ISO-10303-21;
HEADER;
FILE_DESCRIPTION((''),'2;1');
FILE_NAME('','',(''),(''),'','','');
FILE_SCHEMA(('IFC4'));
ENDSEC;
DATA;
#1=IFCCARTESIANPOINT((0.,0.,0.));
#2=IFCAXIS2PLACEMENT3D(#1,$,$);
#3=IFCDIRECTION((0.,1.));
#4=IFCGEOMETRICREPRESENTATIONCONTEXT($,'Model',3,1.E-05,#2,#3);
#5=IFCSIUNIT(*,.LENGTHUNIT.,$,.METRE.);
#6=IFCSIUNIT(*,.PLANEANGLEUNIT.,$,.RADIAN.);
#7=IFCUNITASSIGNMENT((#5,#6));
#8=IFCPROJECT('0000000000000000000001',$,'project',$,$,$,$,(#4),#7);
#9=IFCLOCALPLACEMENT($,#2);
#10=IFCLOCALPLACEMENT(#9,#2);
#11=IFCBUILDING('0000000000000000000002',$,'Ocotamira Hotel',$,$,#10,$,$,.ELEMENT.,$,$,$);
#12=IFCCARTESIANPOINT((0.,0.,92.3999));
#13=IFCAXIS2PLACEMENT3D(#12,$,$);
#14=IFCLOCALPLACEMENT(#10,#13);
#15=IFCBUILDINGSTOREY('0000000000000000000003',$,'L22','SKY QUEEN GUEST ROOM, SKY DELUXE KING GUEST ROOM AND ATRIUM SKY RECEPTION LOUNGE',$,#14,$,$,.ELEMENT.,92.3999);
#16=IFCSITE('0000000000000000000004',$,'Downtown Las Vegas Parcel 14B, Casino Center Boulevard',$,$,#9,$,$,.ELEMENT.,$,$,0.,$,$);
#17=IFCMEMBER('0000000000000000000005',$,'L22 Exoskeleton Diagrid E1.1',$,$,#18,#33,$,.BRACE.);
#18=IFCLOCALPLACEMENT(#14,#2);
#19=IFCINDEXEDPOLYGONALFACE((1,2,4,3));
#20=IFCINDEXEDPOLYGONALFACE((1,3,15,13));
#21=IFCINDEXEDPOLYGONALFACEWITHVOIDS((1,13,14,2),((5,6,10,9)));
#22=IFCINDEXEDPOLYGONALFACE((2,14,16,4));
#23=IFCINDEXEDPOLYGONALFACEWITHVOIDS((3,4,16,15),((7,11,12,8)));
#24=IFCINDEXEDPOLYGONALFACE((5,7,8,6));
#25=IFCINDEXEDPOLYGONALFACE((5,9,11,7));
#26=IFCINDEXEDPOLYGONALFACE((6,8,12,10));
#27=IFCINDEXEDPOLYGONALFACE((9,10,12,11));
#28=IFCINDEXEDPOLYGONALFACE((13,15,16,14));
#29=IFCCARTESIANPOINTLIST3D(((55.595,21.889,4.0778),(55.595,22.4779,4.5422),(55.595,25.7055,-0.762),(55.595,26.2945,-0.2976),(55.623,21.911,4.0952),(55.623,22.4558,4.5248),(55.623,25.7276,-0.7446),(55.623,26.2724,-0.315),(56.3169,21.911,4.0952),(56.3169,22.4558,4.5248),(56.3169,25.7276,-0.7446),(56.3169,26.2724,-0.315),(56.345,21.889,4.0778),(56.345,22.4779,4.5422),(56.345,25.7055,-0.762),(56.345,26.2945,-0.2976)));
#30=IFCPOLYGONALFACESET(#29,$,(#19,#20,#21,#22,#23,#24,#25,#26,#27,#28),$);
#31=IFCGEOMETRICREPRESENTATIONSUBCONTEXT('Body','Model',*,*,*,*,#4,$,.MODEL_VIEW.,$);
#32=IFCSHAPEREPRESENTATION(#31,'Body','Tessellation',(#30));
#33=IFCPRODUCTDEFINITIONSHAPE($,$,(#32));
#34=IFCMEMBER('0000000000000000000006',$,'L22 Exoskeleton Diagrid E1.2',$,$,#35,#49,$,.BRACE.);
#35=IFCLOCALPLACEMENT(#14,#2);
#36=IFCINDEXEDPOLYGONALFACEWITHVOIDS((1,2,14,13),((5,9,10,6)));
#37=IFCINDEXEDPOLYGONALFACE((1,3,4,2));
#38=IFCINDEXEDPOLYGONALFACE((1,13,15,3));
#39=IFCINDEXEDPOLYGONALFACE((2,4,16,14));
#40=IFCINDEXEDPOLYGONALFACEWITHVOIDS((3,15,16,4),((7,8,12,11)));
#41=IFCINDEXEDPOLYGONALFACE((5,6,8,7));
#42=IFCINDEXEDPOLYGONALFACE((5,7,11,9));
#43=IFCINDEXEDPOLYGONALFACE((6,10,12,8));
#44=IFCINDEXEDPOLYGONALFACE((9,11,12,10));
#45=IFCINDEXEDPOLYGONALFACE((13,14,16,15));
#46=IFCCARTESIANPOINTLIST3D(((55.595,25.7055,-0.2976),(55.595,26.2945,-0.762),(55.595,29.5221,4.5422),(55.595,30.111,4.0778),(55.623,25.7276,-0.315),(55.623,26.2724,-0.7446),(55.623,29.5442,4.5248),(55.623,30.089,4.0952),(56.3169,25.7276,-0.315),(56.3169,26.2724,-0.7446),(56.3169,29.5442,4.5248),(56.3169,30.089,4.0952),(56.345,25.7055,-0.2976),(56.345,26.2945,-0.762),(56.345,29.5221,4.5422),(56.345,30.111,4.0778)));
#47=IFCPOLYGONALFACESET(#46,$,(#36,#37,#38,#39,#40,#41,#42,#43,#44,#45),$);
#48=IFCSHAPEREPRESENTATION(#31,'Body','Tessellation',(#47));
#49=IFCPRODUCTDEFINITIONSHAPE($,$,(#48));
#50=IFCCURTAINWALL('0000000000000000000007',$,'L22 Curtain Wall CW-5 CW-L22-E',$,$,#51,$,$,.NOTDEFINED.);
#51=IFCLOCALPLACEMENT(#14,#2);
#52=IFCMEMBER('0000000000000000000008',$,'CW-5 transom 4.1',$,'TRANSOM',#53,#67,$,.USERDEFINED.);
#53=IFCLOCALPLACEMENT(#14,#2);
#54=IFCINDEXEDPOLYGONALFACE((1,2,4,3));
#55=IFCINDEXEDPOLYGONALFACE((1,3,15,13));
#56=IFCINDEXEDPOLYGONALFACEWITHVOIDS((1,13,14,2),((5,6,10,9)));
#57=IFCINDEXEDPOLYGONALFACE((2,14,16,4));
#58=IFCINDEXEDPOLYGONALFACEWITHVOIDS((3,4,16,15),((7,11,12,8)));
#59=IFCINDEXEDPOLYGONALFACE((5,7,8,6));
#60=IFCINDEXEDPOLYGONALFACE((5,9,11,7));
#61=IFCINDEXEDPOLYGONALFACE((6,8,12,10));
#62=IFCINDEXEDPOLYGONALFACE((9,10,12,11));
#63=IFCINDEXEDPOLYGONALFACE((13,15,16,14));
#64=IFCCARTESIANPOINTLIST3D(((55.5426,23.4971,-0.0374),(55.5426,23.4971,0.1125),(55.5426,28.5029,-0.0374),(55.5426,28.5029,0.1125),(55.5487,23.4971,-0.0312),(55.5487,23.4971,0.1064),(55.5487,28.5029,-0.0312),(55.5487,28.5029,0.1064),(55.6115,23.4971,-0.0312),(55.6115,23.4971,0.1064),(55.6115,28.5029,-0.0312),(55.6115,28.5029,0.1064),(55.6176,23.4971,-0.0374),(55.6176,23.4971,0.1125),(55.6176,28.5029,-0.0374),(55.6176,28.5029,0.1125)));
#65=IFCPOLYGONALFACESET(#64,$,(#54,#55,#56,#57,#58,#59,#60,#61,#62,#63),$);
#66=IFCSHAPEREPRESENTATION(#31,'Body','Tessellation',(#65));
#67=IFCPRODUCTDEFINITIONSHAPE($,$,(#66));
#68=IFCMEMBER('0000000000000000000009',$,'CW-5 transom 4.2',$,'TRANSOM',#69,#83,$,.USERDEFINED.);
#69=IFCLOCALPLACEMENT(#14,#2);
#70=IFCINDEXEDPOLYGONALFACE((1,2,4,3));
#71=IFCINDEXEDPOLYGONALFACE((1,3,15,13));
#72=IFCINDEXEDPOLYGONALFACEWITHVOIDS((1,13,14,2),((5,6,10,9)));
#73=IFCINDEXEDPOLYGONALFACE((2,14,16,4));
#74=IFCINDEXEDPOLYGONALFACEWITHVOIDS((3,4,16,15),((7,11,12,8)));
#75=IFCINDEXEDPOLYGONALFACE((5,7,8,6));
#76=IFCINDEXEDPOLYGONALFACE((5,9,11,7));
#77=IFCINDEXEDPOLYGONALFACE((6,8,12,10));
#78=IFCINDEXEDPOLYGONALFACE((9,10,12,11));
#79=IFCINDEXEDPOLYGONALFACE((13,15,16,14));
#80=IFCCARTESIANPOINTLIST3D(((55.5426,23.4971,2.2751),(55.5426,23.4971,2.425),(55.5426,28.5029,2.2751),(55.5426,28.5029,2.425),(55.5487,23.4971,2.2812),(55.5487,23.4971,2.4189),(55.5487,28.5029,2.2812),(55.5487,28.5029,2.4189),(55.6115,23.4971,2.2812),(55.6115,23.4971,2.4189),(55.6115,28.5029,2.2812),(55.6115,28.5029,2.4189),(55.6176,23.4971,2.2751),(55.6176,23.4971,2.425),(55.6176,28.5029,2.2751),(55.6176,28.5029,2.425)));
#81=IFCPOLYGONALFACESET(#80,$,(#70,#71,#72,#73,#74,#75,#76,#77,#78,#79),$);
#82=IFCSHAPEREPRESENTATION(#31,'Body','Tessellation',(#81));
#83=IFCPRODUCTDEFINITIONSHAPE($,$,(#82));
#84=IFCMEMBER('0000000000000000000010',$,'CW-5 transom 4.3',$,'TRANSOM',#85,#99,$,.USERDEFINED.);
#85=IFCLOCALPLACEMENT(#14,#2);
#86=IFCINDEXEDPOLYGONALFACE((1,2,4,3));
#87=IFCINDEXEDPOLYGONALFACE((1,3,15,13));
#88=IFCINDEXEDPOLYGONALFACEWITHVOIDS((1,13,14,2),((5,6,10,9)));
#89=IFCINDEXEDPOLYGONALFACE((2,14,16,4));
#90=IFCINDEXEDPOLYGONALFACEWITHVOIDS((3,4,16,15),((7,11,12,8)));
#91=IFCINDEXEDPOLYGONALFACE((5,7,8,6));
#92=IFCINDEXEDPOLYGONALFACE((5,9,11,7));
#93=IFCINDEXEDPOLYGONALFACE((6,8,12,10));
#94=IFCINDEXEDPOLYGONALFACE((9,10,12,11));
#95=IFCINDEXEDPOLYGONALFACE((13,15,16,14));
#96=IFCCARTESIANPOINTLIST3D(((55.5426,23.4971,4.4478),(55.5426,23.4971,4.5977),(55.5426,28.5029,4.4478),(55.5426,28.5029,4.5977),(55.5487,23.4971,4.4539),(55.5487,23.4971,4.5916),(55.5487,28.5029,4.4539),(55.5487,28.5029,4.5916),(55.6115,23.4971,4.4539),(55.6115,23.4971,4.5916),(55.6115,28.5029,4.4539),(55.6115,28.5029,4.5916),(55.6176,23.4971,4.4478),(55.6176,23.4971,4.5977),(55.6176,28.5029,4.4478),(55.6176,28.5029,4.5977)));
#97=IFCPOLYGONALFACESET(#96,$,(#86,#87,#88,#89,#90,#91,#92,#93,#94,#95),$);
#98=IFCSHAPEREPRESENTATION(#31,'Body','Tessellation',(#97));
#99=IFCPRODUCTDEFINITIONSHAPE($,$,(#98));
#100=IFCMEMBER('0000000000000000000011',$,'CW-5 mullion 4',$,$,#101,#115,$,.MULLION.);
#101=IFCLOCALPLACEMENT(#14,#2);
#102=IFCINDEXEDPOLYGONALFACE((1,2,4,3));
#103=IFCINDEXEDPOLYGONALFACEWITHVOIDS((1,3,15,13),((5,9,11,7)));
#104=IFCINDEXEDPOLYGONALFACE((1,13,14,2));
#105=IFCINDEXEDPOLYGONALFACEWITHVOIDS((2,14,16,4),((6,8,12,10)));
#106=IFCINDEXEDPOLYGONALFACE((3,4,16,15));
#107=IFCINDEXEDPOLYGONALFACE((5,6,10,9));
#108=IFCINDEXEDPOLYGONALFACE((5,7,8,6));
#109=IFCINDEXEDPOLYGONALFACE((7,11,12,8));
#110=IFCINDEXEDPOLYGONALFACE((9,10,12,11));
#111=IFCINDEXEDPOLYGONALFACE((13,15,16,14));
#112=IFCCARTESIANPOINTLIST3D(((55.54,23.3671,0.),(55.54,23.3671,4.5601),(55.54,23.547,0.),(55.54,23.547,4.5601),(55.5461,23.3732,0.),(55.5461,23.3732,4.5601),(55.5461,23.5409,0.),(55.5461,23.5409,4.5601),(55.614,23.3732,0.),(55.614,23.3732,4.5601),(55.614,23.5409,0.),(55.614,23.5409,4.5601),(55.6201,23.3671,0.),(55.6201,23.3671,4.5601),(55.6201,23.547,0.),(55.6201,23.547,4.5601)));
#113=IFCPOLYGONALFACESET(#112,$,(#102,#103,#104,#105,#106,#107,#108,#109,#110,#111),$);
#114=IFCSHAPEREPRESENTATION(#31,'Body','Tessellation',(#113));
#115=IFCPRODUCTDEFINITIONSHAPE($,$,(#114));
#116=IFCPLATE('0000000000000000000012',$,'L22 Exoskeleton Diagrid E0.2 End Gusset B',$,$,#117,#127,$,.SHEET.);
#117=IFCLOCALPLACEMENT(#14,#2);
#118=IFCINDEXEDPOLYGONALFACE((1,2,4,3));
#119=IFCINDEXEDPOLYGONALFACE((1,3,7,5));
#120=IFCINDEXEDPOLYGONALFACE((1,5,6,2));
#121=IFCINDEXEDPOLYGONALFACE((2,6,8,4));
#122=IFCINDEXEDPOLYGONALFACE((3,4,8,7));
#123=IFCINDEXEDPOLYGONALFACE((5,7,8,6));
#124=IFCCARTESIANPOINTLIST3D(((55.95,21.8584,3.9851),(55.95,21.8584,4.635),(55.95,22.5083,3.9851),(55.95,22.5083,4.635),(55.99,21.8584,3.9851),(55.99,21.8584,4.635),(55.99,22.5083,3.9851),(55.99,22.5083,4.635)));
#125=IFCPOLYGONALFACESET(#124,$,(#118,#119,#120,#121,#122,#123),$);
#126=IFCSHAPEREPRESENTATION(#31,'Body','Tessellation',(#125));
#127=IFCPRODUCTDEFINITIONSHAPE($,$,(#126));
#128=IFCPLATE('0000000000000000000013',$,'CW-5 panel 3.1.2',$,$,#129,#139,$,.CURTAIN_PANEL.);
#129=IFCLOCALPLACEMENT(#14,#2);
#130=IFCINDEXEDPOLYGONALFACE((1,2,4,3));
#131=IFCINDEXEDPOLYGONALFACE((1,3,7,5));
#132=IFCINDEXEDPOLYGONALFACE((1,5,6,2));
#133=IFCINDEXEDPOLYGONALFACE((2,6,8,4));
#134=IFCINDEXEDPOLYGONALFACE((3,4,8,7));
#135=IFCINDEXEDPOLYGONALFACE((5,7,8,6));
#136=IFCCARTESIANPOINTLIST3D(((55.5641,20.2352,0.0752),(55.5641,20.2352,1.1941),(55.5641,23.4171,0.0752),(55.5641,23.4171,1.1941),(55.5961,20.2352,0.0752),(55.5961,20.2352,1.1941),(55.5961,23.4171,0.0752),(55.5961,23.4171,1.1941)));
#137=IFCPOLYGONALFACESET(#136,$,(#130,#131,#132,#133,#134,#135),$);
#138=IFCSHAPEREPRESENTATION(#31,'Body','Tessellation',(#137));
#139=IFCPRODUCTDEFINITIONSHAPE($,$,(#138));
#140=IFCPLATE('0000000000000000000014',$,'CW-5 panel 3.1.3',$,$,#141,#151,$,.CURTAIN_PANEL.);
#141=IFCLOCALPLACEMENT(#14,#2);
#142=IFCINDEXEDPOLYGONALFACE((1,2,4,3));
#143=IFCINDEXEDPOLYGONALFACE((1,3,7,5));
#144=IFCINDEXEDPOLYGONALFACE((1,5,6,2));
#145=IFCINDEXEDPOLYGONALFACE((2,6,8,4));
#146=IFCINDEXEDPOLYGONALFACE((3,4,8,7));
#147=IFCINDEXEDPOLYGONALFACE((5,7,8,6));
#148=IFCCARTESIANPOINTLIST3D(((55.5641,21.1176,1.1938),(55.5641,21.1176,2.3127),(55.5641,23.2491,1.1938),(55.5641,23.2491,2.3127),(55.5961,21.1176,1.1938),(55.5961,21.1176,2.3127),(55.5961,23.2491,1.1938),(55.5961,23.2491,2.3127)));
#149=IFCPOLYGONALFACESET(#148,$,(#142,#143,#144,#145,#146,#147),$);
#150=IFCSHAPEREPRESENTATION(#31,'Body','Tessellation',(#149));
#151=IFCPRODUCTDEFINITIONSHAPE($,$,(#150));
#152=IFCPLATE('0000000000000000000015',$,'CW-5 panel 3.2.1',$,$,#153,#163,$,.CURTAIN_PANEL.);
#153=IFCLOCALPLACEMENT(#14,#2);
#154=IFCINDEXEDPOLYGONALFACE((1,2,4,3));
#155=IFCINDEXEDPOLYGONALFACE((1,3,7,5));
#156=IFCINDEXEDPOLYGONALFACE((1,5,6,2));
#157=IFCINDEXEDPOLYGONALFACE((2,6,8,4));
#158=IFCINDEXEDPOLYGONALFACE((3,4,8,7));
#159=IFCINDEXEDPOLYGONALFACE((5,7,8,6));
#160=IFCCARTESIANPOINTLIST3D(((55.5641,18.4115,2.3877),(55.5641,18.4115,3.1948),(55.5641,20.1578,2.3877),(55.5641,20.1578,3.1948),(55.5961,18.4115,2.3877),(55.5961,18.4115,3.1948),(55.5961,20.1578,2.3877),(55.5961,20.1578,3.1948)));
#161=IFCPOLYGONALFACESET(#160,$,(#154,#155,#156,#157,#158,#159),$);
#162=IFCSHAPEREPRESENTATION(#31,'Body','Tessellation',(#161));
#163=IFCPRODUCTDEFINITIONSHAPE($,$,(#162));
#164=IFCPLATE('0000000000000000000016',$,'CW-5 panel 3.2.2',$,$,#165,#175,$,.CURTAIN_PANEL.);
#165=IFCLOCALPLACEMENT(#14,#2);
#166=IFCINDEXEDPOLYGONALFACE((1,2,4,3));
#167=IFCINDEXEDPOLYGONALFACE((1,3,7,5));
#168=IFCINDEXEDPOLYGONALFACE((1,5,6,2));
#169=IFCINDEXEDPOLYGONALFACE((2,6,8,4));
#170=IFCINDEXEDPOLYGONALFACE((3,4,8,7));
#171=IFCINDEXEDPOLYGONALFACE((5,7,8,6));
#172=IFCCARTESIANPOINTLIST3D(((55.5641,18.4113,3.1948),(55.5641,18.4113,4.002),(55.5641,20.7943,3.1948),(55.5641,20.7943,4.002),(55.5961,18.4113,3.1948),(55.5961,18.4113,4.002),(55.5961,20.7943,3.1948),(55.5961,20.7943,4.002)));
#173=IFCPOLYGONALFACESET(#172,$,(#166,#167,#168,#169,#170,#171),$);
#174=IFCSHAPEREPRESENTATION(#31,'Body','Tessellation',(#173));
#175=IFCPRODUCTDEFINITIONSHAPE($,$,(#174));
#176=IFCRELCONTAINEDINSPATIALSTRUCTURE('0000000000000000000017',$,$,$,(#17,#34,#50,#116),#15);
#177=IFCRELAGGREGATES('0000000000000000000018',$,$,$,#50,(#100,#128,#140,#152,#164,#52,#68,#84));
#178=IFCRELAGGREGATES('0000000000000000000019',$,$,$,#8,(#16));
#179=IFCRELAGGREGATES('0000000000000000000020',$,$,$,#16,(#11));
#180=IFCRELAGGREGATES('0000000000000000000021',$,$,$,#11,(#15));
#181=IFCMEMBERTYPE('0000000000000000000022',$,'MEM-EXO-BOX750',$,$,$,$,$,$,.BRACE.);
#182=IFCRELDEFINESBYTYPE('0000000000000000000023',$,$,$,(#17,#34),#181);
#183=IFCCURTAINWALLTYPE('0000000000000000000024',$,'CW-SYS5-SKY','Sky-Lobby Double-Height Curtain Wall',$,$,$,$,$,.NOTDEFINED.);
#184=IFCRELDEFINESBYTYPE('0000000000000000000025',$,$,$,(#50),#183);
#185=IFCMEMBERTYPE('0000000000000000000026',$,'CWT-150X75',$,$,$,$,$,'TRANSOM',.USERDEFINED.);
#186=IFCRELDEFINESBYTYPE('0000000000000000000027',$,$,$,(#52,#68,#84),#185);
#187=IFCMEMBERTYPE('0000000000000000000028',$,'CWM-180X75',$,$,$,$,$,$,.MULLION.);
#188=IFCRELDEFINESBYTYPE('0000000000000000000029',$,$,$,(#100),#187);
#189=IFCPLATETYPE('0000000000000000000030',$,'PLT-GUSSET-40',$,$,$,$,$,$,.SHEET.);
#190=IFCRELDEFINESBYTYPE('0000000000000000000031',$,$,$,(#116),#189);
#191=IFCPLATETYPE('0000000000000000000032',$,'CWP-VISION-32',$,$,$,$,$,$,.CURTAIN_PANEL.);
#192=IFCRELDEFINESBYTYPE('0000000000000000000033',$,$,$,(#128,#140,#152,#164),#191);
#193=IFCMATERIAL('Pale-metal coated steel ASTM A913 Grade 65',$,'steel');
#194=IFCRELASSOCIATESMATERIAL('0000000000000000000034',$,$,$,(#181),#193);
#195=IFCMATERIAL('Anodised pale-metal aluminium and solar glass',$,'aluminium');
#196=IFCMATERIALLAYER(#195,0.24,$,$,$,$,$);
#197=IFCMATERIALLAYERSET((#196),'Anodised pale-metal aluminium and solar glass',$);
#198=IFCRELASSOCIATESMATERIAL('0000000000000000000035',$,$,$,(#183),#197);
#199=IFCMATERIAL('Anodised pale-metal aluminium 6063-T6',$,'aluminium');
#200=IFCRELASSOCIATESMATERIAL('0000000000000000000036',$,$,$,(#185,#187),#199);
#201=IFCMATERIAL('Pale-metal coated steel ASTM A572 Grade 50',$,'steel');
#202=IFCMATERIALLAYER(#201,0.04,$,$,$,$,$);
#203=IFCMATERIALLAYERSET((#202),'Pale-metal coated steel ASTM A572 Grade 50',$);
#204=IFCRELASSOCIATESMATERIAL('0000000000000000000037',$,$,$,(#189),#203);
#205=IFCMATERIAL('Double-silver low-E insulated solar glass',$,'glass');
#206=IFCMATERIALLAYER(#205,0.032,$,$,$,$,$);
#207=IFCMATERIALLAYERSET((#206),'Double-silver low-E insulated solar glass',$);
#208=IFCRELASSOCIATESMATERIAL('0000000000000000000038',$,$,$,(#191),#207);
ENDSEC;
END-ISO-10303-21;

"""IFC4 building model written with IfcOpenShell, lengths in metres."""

from ifc_helpers import new_model, si_unit, direction, frame, origin, origin_2d, place, context, subcontext, project, spatial, rectangle, hollow_rectangle, extrude, source, transform, mapped, material, layer, layer_set, material_profile, profile_set, type_object, element, aggregate, save


model = new_model("IFC4")

# Units and contexts
model_context = context("Model", 3, precision=1e-05, world=origin(), true_north=direction((0.0, 1.0)))
body_context = subcontext(model_context, "Body", "Model", "MODEL_VIEW")
ifc_project = project(units=[si_unit("LENGTHUNIT", "METRE"), si_unit("PLANEANGLEUNIT", "RADIAN")], contexts=[model_context])

# Site, building, storey
site_placement = place(None, origin())
site = spatial("IfcSite", under=ifc_project, at=site_placement, Name="Downtown Las Vegas Parcel 14B, Casino Center Boulevard", CompositionType="ELEMENT", RefElevation=0.0)
building_placement = place(site_placement, origin())
building = spatial("IfcBuilding", under=site, at=building_placement, Name="Ocotamira Hotel", CompositionType="ELEMENT")
storey_placement = place(building_placement, frame((0.0, 0.0, 92.3999)))
storey = spatial("IfcBuildingStorey", under=building, at=storey_placement, Name="L22", Description="SKY QUEEN GUEST ROOM, SKY DELUXE KING GUEST ROOM AND ATRIUM SKY RECEPTION LOUNGE", CompositionType="ELEMENT", Elevation=92.3999)

# Members
ifc_material_1 = material(Name="Pale-metal coated steel ASTM A913 Grade 65", Category="steel")
ifc_material_profile_1 = material_profile(ifc_material_1, hollow_rectangle(XDim=0.75, YDim=0.75, WallThickness=0.0281, at=origin_2d()), Name="BOX750X750X28")
ifc_profile_set_1 = profile_set([ifc_material_profile_1], Name="Pale-metal coated steel ASTM A913 Grade 65")
member_type_1 = type_object("IfcMemberType", Name="MEM-EXO-BOX750", PredefinedType="BRACE", material=ifc_profile_set_1)
shared_shape_1 = source(origin(), body_context, "Body", "SweptSolid", [
    extrude(hollow_rectangle(XDim=0.75, YDim=0.75, WallThickness=0.0281, at=origin_2d()), origin(), (0.0, 0.0, 1.0), 6.1636),
])
for number, where, z_axis, x_axis, name in (
    (1, (55.97, 26.0, -0.5298), (0.0, -0.619217, 0.78522), (1.0, 0.0, 0.0), "L22 Exoskeleton Diagrid E1.1"),
    (2, (55.97, 26.0, -0.5298), (0.0, 0.619217, 0.78522), (-1.0, 0.0, 0.0), "L22 Exoskeleton Diagrid E1.2"),
):
    element("IfcMember", number, at=place(storey_placement, frame(where, z_axis=z_axis, x_axis=x_axis)), inside=storey, type_object=member_type_1, Name=name, PredefinedType="BRACE", context=body_context, shape_type="MappedRepresentation", body=[
        mapped(shared_shape_1, transform((0.0, 0.0, 0.0), scale=1.0)),
    ])

# Curtain wall, members
ifc_material_2 = material(Name="Anodised pale-metal aluminium and solar glass", Category="aluminium")
ifc_layer_1 = layer(ifc_material_2, 0.24)
ifc_layer_set_1 = layer_set([ifc_layer_1], Name="Anodised pale-metal aluminium and solar glass")
curtain_wall_type = type_object("IfcCurtainWallType", Name="CW-SYS5-SKY", Description="Sky-Lobby Double-Height Curtain Wall", PredefinedType="NOTDEFINED", material=ifc_layer_set_1)
curtain_wall_placement = place(storey_placement, origin())
curtain_wall = element("IfcCurtainWall", 3, at=curtain_wall_placement, inside=storey, type_object=curtain_wall_type, Name="L22 Curtain Wall CW-5 CW-L22-E", PredefinedType="NOTDEFINED")
ifc_material_3 = material(Name="Anodised pale-metal aluminium 6063-T6", Category="aluminium")
ifc_material_profile_2 = material_profile(ifc_material_3, hollow_rectangle(XDim=0.075, YDim=0.1499, WallThickness=0.0061, at=origin_2d()), Name="HSS150X75X6")
ifc_profile_set_2 = profile_set([ifc_material_profile_2], Name="Anodised pale-metal aluminium 6063-T6")
member_type_2 = type_object("IfcMemberType", Name="CWT-150X75", ElementType="TRANSOM", PredefinedType="USERDEFINED", material=ifc_profile_set_2)
shared_shape_2 = source(origin(), body_context, "Body", "SweptSolid", [
    extrude(hollow_rectangle(XDim=0.075, YDim=0.1499, WallThickness=0.0061, at=origin_2d()), origin(), (0.0, 0.0, 1.0), 5.0059),
])
member_1_placement = place(storey_placement, frame((55.5801, 23.4971, 0.0376), z_axis=(0.0, 1.0, 0.0), x_axis=(-1.0, 0.0, 0.0)))
member_1 = element("IfcMember", 4, at=member_1_placement, type_object=member_type_2, Name="CW-5 transom 4.1", ObjectType="TRANSOM", PredefinedType="USERDEFINED", context=body_context, shape_type="MappedRepresentation", body=[
    mapped(shared_shape_2, transform((0.0, 0.0, 0.0), scale=1.0)),
])
member_2_placement = place(storey_placement, frame((55.5801, 23.4971, 2.3501), z_axis=(0.0, 1.0, 0.0), x_axis=(-1.0, 0.0, 0.0)))
member_2 = element("IfcMember", 5, at=member_2_placement, type_object=member_type_2, Name="CW-5 transom 4.2", ObjectType="TRANSOM", PredefinedType="USERDEFINED", context=body_context, shape_type="MappedRepresentation", body=[
    mapped(shared_shape_2, transform((0.0, 0.0, 0.0), scale=1.0)),
])
member_3_placement = place(storey_placement, frame((55.5801, 23.4971, 4.5227), z_axis=(0.0, 1.0, 0.0), x_axis=(-1.0, 0.0, 0.0)))
member_3 = element("IfcMember", 6, at=member_3_placement, type_object=member_type_2, Name="CW-5 transom 4.3", ObjectType="TRANSOM", PredefinedType="USERDEFINED", context=body_context, shape_type="MappedRepresentation", body=[
    mapped(shared_shape_2, transform((0.0, 0.0, 0.0), scale=1.0)),
])
ifc_material_profile_3 = material_profile(ifc_material_3, hollow_rectangle(XDim=0.0801, YDim=0.1799, WallThickness=0.0061, at=origin_2d()), Name="HSS180X80X6")
ifc_profile_set_3 = profile_set([ifc_material_profile_3], Name="Anodised pale-metal aluminium 6063-T6")
member_type_3 = type_object("IfcMemberType", Name="CWM-180X75", PredefinedType="MULLION", material=ifc_profile_set_3)
shared_shape_3 = source(origin(), body_context, "Body", "SweptSolid", [
    extrude(hollow_rectangle(XDim=0.0801, YDim=0.1799, WallThickness=0.0061, at=origin_2d()), origin(), (0.0, 0.0, 1.0), 4.5601),
])
member_4_placement = place(storey_placement, frame((55.5801, 23.457, 0.0), z_axis=(0.0, 0.0, 1.0), x_axis=(-1.0, 0.0, 0.0)))
member_4 = element("IfcMember", 7, at=member_4_placement, type_object=member_type_3, Name="CW-5 mullion 4", PredefinedType="MULLION", context=body_context, shape_type="MappedRepresentation", body=[
    mapped(shared_shape_3, transform((0.0, 0.0, 0.0), scale=1.0)),
])

# Plates
ifc_material_4 = material(Name="Pale-metal coated steel ASTM A572 Grade 50", Category="steel")
ifc_layer_2 = layer(ifc_material_4, 0.04)
ifc_layer_set_2 = layer_set([ifc_layer_2], Name="Pale-metal coated steel ASTM A572 Grade 50")
plate_type_1 = type_object("IfcPlateType", Name="PLT-GUSSET-40", PredefinedType="SHEET", material=ifc_layer_set_2)
shared_shape_4 = source(origin(), body_context, "Body", "SweptSolid", [
    extrude(rectangle(XDim=0.04, YDim=0.6499, at=origin_2d()), origin(), (0.0, 0.0, 1.0), 0.6499),
])
plate_1_placement = place(storey_placement, frame((55.97, 22.1833, 3.9851), z_axis=(0.0, 0.0, 1.0), x_axis=(1.0, 0.0, 0.0)))
element("IfcPlate", 8, at=plate_1_placement, inside=storey, type_object=plate_type_1, Name="L22 Exoskeleton Diagrid E0.2 End Gusset B", PredefinedType="SHEET", context=body_context, shape_type="MappedRepresentation", body=[
    mapped(shared_shape_4, transform((0.0, 0.0, 0.0), scale=1.0)),
])
ifc_material_5 = material(Name="Double-silver low-E insulated solar glass", Category="glass")
ifc_layer_3 = layer(ifc_material_5, 0.032)
ifc_layer_set_3 = layer_set([ifc_layer_3], Name="Double-silver low-E insulated solar glass")
plate_type_2 = type_object("IfcPlateType", Name="CWP-VISION-32", PredefinedType="CURTAIN_PANEL", material=ifc_layer_set_3)
shared_shape_5 = source(origin(), body_context, "Body", "SweptSolid", [
    extrude(rectangle(XDim=3.1819, YDim=0.032, at=origin_2d()), origin(), (0.0, 0.0, 1.0), 1.1189),
])
plate_2_placement = place(storey_placement, frame((55.5801, 21.8262, 0.0752), z_axis=(0.0, 0.0, 1.0), x_axis=(0.0, 1.0, 0.0)))
plate_2 = element("IfcPlate", 9, at=plate_2_placement, type_object=plate_type_2, Name="CW-5 panel 3.1.2", PredefinedType="CURTAIN_PANEL", context=body_context, shape_type="MappedRepresentation", body=[
    mapped(shared_shape_5, transform((0.0, 0.0, 0.0), scale=1.0)),
])
shared_shape_6 = source(origin(), body_context, "Body", "SweptSolid", [
    extrude(rectangle(XDim=2.1316, YDim=0.032, at=origin_2d()), origin(), (0.0, 0.0, 1.0), 1.1189),
])
plate_3_placement = place(storey_placement, frame((55.5801, 22.1833, 1.1938), z_axis=(0.0, 0.0, 1.0), x_axis=(0.0, 1.0, 0.0)))
plate_3 = element("IfcPlate", 10, at=plate_3_placement, type_object=plate_type_2, Name="CW-5 panel 3.1.3", PredefinedType="CURTAIN_PANEL", context=body_context, shape_type="MappedRepresentation", body=[
    mapped(shared_shape_6, transform((0.0, 0.0, 0.0), scale=1.0)),
])
shared_shape_7 = source(origin(), body_context, "Body", "SweptSolid", [
    extrude(rectangle(XDim=1.7463, YDim=0.032, at=origin_2d()), origin(), (0.0, 0.0, 1.0), 0.8071),
])
plate_4_placement = place(storey_placement, frame((55.5801, 19.2847, 2.3877), z_axis=(0.0, 0.0, 1.0), x_axis=(0.0, 1.0, 0.0)))
plate_4 = element("IfcPlate", 11, at=plate_4_placement, type_object=plate_type_2, Name="CW-5 panel 3.2.1", PredefinedType="CURTAIN_PANEL", context=body_context, shape_type="MappedRepresentation", body=[
    mapped(shared_shape_7, transform((0.0, 0.0, 0.0), scale=1.0)),
])
shared_shape_8 = source(origin(), body_context, "Body", "SweptSolid", [
    extrude(rectangle(XDim=2.3831, YDim=0.032, at=origin_2d()), origin(), (0.0, 0.0, 1.0), 0.8071),
])
plate_5_placement = place(storey_placement, frame((55.5801, 19.6028, 3.1948), z_axis=(0.0, 0.0, 1.0), x_axis=(0.0, 1.0, 0.0)))
plate_5 = element("IfcPlate", 12, at=plate_5_placement, type_object=plate_type_2, Name="CW-5 panel 3.2.2", PredefinedType="CURTAIN_PANEL", context=body_context, shape_type="MappedRepresentation", body=[
    mapped(shared_shape_8, transform((0.0, 0.0, 0.0), scale=1.0)),
])
aggregate(curtain_wall, [member_4, plate_2, plate_3, plate_4, plate_5, member_1, member_2, member_3])

save(model, "model.ifc")
